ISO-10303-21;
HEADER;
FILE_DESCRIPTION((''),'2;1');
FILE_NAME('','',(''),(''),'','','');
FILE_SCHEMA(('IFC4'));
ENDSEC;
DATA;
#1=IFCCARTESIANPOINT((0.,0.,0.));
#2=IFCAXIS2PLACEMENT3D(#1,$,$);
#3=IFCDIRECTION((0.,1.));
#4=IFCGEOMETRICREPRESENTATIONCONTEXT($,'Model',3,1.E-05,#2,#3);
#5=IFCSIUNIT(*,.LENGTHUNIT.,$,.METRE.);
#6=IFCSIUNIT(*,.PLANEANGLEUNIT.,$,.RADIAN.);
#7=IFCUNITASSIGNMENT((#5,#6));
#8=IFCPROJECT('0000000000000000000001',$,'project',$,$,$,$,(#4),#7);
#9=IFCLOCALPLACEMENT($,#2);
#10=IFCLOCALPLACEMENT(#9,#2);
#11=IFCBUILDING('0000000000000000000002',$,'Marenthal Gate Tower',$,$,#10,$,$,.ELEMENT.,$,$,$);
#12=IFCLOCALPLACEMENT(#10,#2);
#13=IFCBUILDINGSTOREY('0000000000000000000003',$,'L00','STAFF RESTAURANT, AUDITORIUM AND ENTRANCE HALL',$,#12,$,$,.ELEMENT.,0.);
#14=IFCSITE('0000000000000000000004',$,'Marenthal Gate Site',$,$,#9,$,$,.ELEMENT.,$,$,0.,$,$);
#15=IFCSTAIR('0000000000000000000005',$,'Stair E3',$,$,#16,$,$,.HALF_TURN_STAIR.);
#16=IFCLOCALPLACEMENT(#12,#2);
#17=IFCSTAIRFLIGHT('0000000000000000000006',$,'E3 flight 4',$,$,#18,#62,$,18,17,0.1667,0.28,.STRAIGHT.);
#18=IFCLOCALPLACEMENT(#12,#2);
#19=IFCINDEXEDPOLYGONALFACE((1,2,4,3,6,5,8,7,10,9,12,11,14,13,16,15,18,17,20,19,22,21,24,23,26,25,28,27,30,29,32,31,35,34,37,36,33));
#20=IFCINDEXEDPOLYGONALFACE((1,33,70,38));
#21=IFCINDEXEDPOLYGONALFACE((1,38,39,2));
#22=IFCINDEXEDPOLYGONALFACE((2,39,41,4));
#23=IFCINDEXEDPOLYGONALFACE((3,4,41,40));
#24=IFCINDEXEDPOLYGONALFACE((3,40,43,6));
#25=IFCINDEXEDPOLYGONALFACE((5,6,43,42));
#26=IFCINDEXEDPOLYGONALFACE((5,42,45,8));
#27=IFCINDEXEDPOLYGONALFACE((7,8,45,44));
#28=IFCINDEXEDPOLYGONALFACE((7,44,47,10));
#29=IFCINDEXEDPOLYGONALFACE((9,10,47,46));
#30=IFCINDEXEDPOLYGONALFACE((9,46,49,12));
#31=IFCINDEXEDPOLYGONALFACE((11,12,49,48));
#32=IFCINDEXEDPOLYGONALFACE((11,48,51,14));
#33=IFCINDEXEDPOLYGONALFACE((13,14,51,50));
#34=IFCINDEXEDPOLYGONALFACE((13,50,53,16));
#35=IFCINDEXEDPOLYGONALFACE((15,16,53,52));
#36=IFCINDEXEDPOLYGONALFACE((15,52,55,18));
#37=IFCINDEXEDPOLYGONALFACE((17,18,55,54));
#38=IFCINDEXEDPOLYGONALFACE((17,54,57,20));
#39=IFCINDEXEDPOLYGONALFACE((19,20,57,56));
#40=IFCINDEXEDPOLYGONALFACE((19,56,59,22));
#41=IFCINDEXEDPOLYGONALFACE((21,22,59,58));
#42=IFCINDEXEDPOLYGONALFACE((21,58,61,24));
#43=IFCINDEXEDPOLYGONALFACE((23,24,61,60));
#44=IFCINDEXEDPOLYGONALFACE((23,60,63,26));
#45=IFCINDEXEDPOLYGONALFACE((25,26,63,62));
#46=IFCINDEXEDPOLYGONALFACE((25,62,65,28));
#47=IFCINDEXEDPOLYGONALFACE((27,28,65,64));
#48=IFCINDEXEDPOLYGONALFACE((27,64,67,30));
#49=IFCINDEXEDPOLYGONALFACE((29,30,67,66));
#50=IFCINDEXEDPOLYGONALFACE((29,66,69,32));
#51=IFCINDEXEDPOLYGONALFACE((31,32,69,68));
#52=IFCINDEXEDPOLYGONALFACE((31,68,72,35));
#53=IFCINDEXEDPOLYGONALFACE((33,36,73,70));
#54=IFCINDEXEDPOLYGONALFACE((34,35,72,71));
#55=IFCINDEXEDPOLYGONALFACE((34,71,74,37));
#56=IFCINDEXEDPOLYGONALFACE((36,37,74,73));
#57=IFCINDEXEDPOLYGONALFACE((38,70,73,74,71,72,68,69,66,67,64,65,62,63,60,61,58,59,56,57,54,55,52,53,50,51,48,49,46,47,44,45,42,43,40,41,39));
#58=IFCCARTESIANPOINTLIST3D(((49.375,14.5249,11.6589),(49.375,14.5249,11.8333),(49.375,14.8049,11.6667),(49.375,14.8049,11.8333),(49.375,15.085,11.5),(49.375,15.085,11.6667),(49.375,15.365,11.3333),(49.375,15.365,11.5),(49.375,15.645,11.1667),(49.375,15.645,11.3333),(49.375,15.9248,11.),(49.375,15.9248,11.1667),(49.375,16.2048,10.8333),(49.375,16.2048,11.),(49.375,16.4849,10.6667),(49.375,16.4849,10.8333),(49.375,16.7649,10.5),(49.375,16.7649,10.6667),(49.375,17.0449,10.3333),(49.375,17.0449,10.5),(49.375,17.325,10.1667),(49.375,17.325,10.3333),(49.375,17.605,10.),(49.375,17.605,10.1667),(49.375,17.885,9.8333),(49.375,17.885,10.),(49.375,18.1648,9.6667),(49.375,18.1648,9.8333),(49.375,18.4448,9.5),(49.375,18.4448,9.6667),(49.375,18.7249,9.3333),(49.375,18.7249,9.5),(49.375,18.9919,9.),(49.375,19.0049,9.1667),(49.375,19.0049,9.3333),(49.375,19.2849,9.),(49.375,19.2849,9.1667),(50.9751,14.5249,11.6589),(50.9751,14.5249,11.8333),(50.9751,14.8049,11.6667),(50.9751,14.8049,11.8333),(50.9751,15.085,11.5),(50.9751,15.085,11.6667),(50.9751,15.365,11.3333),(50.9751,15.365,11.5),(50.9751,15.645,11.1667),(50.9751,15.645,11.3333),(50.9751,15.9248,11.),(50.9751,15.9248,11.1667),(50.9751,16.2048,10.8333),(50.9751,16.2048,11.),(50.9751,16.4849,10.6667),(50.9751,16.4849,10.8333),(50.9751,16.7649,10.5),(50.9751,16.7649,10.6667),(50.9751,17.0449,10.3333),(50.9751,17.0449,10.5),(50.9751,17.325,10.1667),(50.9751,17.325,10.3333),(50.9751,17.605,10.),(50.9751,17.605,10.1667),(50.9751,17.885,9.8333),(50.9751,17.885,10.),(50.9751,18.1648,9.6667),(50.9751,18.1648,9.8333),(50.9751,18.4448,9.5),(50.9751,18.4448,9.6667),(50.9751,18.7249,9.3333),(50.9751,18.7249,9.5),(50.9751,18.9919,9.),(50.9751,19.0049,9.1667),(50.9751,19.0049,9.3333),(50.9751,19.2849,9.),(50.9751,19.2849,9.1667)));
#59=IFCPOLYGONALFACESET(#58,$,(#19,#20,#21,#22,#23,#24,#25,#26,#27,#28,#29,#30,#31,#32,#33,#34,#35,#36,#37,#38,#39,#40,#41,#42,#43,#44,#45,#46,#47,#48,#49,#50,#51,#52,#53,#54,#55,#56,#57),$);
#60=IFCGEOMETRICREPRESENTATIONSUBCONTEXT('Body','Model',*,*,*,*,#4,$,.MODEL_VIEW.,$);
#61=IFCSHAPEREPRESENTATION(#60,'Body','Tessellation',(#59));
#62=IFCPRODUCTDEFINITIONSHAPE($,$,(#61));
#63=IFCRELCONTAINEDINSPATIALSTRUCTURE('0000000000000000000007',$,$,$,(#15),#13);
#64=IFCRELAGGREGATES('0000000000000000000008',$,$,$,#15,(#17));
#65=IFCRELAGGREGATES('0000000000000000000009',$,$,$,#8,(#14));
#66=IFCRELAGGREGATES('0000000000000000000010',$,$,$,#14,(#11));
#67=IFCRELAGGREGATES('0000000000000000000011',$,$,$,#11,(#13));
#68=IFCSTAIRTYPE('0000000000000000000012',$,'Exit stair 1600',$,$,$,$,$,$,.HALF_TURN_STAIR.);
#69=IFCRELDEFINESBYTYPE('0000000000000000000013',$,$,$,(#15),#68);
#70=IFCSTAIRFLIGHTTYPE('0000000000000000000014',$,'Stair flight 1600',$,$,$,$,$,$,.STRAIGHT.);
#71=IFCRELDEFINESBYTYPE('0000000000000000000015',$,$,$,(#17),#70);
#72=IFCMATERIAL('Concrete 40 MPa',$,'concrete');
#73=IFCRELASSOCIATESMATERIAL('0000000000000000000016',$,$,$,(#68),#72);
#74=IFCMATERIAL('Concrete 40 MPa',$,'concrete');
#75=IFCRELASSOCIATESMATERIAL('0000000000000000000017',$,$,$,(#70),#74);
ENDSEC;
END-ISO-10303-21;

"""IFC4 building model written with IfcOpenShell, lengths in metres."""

from ifc_helpers import new_model, si_unit, direction, frame, origin, place, context, subcontext, project, spatial, polyline, outline, extrude, material, type_object, element, aggregate, save


model = new_model("IFC4")

# Units and contexts
model_context = context("Model", 3, precision=1e-05, world=origin(), true_north=direction((0.0, 1.0)))
body_context = subcontext(model_context, "Body", "Model", "MODEL_VIEW")
ifc_project = project(units=[si_unit("LENGTHUNIT", "METRE"), si_unit("PLANEANGLEUNIT", "RADIAN")], contexts=[model_context])

# Site, building, storey
site_placement = place(None, origin())
site = spatial("IfcSite", under=ifc_project, at=site_placement, Name="Marenthal Gate Site", CompositionType="ELEMENT", RefElevation=0.0)
building_placement = place(site_placement, origin())
building = spatial("IfcBuilding", under=site, at=building_placement, Name="Marenthal Gate Tower", CompositionType="ELEMENT")
storey_placement = place(building_placement, origin())
storey = spatial("IfcBuildingStorey", under=building, at=storey_placement, Name="L00", Description="STAFF RESTAURANT, AUDITORIUM AND ENTRANCE HALL", CompositionType="ELEMENT", Elevation=0.0)

# Stair, stair flight
ifc_material_1 = material(Name="Concrete 40 MPa", Category="concrete")
stair_type = type_object("IfcStairType", Name="Exit stair 1600", PredefinedType="HALF_TURN_STAIR", material=ifc_material_1)
stair_placement = place(storey_placement, origin())
stair = element("IfcStair", 1, at=stair_placement, inside=storey, type_object=stair_type, Name="Stair E3", PredefinedType="HALF_TURN_STAIR")
ifc_material_2 = material(Name="Concrete 40 MPa", Category="concrete")
stair_flight_type = type_object("IfcStairFlightType", Name="Stair flight 1600", PredefinedType="STRAIGHT", material=ifc_material_2)
stair_flight_1_placement = place(storey_placement, frame((50.175, 19.2849, 9.0), z_axis=(0.0, 0.0, 1.0), x_axis=(0.0, -1.0, 0.0)))
stair_flight_1 = element("IfcStairFlight", 2, at=stair_flight_1_placement, type_object=stair_flight_type, Name="E3 flight 4", NumberOfRisers=18, NumberOfTreads=17, PredefinedType="STRAIGHT", RiserHeight=0.1667, TreadLength=0.28, context=body_context, shape_type="SweptSolid", body=[
    extrude(outline(polyline([(0.0, 0.0), (0.0, 0.1667), (0.28, 0.1667), (0.28, 0.3333), (0.5601, 0.3333), (0.5601, 0.5), (0.8401, 0.5), (0.8401, 0.6667), (1.1201, 0.6667), (1.1201, 0.8333), (1.3999, 0.8333), (1.3999, 1.0), (1.6799, 1.0), (1.6799, 1.1667), (1.96, 1.1667), (1.96, 1.3333), (2.24, 1.3333), (2.24, 1.5), (2.52, 1.5), (2.52, 1.6667), (2.8, 1.6667), (2.8, 1.8333), (3.0801, 1.8333), (3.0801, 2.0), (3.3601, 2.0), (3.3601, 2.1667), (3.6399, 2.1667), (3.6399, 2.3333), (3.9199, 2.3333), (3.9199, 2.5), (4.2, 2.5), (4.2, 2.6667), (4.48, 2.6667), (4.48, 2.8333), (4.76, 2.8333), (4.76, 3.0), (4.76, 2.6589), (0.293, 0.0), (0.0, 0.0)])), frame((0.0, 0.8, 0.0), z_axis=(0.0, -1.0, 0.0), x_axis=(1.0, 0.0, 0.0)), (0.0, 0.0, 1.0), 1.6001),
])
aggregate(stair, [stair_flight_1])

save(model, "model.ifc")
